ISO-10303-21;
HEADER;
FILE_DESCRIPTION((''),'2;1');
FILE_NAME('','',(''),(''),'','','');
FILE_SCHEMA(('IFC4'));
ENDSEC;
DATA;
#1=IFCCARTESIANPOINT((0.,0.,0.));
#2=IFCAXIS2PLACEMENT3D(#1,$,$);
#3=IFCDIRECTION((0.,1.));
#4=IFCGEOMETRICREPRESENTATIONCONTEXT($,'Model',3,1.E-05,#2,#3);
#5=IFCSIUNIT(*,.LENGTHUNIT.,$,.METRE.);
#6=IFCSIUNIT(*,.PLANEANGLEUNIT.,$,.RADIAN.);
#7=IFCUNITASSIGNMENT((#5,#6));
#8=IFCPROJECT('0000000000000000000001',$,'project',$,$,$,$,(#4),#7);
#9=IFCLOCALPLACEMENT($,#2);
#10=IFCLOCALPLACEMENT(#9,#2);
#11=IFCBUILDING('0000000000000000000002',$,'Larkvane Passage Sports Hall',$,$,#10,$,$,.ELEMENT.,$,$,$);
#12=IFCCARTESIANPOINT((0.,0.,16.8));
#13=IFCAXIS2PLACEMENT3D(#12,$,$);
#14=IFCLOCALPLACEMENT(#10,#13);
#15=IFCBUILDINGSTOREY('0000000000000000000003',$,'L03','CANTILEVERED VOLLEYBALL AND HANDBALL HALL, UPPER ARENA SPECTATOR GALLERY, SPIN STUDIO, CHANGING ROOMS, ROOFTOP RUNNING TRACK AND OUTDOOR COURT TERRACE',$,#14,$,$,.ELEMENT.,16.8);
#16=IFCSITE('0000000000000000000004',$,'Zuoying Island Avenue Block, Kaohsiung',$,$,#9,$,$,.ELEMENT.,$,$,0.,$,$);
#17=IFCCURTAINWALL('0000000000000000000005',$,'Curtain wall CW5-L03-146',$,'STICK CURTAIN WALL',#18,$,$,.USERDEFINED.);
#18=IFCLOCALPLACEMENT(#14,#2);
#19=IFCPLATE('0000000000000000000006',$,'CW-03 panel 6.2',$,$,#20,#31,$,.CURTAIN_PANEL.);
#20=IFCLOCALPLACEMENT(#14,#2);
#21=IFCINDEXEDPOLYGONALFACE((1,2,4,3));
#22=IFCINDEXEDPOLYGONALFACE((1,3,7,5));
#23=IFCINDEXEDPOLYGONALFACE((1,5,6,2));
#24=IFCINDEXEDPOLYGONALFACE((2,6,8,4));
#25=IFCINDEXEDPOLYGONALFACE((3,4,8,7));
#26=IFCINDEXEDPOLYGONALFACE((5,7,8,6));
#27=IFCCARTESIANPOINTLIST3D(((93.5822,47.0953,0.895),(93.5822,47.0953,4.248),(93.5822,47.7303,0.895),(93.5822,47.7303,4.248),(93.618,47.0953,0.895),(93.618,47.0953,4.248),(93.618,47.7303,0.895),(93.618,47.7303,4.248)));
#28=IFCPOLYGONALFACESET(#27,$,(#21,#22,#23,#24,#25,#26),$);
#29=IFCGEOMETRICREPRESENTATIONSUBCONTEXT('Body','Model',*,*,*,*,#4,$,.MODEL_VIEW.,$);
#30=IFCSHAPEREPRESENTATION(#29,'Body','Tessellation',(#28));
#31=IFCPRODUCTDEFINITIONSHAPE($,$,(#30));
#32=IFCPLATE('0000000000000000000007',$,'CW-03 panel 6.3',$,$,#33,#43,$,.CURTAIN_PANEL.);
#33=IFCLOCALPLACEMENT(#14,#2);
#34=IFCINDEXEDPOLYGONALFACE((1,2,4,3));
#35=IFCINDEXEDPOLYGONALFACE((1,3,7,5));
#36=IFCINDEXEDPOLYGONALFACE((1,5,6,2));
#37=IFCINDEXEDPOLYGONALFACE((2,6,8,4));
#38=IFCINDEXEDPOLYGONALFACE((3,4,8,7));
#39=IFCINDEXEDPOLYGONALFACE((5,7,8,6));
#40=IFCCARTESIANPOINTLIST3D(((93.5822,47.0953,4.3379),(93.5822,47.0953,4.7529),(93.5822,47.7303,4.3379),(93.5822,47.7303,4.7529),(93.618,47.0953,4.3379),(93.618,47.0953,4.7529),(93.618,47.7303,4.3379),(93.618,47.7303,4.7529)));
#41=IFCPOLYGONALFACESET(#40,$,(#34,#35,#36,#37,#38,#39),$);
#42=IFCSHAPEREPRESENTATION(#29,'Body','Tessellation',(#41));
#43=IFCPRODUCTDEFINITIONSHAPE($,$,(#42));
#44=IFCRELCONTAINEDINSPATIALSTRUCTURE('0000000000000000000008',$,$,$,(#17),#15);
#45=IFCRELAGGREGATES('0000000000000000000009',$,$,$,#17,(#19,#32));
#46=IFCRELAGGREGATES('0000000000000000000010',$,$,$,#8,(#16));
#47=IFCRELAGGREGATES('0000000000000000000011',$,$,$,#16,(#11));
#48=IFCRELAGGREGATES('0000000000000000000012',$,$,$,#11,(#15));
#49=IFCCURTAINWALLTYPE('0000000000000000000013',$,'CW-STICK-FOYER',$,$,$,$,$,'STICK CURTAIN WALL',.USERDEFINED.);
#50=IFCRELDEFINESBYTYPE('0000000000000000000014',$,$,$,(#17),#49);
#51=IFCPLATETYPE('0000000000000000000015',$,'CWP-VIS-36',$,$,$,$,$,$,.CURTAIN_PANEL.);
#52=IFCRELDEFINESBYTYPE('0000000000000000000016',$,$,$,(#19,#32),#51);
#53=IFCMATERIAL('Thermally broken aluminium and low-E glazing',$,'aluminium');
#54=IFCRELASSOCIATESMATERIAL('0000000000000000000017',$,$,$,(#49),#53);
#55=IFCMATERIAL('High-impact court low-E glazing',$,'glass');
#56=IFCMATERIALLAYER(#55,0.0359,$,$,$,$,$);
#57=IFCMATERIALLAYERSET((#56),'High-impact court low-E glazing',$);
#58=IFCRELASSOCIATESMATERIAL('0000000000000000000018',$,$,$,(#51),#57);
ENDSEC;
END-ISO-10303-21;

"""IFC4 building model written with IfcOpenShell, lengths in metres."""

from ifc_helpers import new_model, si_unit, direction, frame, origin, origin_2d, place, context, subcontext, project, spatial, rectangle, extrude, material, layer, layer_set, type_object, element, aggregate, save


model = new_model("IFC4")

# Units and contexts
model_context = context("Model", 3, precision=1e-05, world=origin(), true_north=direction((0.0, 1.0)))
body_context = subcontext(model_context, "Body", "Model", "MODEL_VIEW")
ifc_project = project(units=[si_unit("LENGTHUNIT", "METRE"), si_unit("PLANEANGLEUNIT", "RADIAN")], contexts=[model_context])

# Site, building, storey
site_placement = place(None, origin())
site = spatial("IfcSite", under=ifc_project, at=site_placement, Name="Zuoying Island Avenue Block, Kaohsiung", CompositionType="ELEMENT", RefElevation=0.0)
building_placement = place(site_placement, origin())
building = spatial("IfcBuilding", under=site, at=building_placement, Name="Larkvane Passage Sports Hall", CompositionType="ELEMENT")
storey_placement = place(building_placement, frame((0.0, 0.0, 16.8)))
storey = spatial("IfcBuildingStorey", under=building, at=storey_placement, Name="L03", Description="CANTILEVERED VOLLEYBALL AND HANDBALL HALL, UPPER ARENA SPECTATOR GALLERY, SPIN STUDIO, CHANGING ROOMS, ROOFTOP RUNNING TRACK AND OUTDOOR COURT TERRACE", CompositionType="ELEMENT", Elevation=16.8)

# Curtain wall, plates
ifc_material_1 = material(Name="Thermally broken aluminium and low-E glazing", Category="aluminium")
curtain_wall_type = type_object("IfcCurtainWallType", Name="CW-STICK-FOYER", ElementType="STICK CURTAIN WALL", PredefinedType="USERDEFINED", material=ifc_material_1)
curtain_wall_placement = place(storey_placement, origin())
curtain_wall = element("IfcCurtainWall", 1, at=curtain_wall_placement, inside=storey, type_object=curtain_wall_type, Name="Curtain wall CW5-L03-146", ObjectType="STICK CURTAIN WALL", PredefinedType="USERDEFINED")
ifc_material_2 = material(Name="High-impact court low-E glazing", Category="glass")
ifc_layer_1 = layer(ifc_material_2, 0.0359)
ifc_layer_set_1 = layer_set([ifc_layer_1], Name="High-impact court low-E glazing")
plate_type_1 = type_object("IfcPlateType", Name="CWP-VIS-36", PredefinedType="CURTAIN_PANEL", material=ifc_layer_set_1)
plate_1_placement = place(storey_placement, frame((93.6001, 47.4128, 0.895), z_axis=(0.0, 0.0, 1.0), x_axis=(0.0, -1.0, 0.0)))
plate_1 = element("IfcPlate", 2, at=plate_1_placement, type_object=plate_type_1, Name="CW-03 panel 6.2", PredefinedType="CURTAIN_PANEL", context=body_context, shape_type="SweptSolid", body=[
    extrude(rectangle(XDim=0.635, YDim=0.0359, at=origin_2d()), origin(), (0.0, 0.0, 1.0), 3.353),
])
plate_2_placement = place(storey_placement, frame((93.6001, 47.4128, 4.3379), z_axis=(0.0, 0.0, 1.0), x_axis=(0.0, -1.0, 0.0)))
plate_2 = element("IfcPlate", 3, at=plate_2_placement, type_object=plate_type_1, Name="CW-03 panel 6.3", PredefinedType="CURTAIN_PANEL", context=body_context, shape_type="SweptSolid", body=[
    extrude(rectangle(XDim=0.635, YDim=0.0359, at=origin_2d()), origin(), (0.0, 0.0, 1.0), 0.415),
])
aggregate(curtain_wall, [plate_1, plate_2])

save(model, "model.ifc")
